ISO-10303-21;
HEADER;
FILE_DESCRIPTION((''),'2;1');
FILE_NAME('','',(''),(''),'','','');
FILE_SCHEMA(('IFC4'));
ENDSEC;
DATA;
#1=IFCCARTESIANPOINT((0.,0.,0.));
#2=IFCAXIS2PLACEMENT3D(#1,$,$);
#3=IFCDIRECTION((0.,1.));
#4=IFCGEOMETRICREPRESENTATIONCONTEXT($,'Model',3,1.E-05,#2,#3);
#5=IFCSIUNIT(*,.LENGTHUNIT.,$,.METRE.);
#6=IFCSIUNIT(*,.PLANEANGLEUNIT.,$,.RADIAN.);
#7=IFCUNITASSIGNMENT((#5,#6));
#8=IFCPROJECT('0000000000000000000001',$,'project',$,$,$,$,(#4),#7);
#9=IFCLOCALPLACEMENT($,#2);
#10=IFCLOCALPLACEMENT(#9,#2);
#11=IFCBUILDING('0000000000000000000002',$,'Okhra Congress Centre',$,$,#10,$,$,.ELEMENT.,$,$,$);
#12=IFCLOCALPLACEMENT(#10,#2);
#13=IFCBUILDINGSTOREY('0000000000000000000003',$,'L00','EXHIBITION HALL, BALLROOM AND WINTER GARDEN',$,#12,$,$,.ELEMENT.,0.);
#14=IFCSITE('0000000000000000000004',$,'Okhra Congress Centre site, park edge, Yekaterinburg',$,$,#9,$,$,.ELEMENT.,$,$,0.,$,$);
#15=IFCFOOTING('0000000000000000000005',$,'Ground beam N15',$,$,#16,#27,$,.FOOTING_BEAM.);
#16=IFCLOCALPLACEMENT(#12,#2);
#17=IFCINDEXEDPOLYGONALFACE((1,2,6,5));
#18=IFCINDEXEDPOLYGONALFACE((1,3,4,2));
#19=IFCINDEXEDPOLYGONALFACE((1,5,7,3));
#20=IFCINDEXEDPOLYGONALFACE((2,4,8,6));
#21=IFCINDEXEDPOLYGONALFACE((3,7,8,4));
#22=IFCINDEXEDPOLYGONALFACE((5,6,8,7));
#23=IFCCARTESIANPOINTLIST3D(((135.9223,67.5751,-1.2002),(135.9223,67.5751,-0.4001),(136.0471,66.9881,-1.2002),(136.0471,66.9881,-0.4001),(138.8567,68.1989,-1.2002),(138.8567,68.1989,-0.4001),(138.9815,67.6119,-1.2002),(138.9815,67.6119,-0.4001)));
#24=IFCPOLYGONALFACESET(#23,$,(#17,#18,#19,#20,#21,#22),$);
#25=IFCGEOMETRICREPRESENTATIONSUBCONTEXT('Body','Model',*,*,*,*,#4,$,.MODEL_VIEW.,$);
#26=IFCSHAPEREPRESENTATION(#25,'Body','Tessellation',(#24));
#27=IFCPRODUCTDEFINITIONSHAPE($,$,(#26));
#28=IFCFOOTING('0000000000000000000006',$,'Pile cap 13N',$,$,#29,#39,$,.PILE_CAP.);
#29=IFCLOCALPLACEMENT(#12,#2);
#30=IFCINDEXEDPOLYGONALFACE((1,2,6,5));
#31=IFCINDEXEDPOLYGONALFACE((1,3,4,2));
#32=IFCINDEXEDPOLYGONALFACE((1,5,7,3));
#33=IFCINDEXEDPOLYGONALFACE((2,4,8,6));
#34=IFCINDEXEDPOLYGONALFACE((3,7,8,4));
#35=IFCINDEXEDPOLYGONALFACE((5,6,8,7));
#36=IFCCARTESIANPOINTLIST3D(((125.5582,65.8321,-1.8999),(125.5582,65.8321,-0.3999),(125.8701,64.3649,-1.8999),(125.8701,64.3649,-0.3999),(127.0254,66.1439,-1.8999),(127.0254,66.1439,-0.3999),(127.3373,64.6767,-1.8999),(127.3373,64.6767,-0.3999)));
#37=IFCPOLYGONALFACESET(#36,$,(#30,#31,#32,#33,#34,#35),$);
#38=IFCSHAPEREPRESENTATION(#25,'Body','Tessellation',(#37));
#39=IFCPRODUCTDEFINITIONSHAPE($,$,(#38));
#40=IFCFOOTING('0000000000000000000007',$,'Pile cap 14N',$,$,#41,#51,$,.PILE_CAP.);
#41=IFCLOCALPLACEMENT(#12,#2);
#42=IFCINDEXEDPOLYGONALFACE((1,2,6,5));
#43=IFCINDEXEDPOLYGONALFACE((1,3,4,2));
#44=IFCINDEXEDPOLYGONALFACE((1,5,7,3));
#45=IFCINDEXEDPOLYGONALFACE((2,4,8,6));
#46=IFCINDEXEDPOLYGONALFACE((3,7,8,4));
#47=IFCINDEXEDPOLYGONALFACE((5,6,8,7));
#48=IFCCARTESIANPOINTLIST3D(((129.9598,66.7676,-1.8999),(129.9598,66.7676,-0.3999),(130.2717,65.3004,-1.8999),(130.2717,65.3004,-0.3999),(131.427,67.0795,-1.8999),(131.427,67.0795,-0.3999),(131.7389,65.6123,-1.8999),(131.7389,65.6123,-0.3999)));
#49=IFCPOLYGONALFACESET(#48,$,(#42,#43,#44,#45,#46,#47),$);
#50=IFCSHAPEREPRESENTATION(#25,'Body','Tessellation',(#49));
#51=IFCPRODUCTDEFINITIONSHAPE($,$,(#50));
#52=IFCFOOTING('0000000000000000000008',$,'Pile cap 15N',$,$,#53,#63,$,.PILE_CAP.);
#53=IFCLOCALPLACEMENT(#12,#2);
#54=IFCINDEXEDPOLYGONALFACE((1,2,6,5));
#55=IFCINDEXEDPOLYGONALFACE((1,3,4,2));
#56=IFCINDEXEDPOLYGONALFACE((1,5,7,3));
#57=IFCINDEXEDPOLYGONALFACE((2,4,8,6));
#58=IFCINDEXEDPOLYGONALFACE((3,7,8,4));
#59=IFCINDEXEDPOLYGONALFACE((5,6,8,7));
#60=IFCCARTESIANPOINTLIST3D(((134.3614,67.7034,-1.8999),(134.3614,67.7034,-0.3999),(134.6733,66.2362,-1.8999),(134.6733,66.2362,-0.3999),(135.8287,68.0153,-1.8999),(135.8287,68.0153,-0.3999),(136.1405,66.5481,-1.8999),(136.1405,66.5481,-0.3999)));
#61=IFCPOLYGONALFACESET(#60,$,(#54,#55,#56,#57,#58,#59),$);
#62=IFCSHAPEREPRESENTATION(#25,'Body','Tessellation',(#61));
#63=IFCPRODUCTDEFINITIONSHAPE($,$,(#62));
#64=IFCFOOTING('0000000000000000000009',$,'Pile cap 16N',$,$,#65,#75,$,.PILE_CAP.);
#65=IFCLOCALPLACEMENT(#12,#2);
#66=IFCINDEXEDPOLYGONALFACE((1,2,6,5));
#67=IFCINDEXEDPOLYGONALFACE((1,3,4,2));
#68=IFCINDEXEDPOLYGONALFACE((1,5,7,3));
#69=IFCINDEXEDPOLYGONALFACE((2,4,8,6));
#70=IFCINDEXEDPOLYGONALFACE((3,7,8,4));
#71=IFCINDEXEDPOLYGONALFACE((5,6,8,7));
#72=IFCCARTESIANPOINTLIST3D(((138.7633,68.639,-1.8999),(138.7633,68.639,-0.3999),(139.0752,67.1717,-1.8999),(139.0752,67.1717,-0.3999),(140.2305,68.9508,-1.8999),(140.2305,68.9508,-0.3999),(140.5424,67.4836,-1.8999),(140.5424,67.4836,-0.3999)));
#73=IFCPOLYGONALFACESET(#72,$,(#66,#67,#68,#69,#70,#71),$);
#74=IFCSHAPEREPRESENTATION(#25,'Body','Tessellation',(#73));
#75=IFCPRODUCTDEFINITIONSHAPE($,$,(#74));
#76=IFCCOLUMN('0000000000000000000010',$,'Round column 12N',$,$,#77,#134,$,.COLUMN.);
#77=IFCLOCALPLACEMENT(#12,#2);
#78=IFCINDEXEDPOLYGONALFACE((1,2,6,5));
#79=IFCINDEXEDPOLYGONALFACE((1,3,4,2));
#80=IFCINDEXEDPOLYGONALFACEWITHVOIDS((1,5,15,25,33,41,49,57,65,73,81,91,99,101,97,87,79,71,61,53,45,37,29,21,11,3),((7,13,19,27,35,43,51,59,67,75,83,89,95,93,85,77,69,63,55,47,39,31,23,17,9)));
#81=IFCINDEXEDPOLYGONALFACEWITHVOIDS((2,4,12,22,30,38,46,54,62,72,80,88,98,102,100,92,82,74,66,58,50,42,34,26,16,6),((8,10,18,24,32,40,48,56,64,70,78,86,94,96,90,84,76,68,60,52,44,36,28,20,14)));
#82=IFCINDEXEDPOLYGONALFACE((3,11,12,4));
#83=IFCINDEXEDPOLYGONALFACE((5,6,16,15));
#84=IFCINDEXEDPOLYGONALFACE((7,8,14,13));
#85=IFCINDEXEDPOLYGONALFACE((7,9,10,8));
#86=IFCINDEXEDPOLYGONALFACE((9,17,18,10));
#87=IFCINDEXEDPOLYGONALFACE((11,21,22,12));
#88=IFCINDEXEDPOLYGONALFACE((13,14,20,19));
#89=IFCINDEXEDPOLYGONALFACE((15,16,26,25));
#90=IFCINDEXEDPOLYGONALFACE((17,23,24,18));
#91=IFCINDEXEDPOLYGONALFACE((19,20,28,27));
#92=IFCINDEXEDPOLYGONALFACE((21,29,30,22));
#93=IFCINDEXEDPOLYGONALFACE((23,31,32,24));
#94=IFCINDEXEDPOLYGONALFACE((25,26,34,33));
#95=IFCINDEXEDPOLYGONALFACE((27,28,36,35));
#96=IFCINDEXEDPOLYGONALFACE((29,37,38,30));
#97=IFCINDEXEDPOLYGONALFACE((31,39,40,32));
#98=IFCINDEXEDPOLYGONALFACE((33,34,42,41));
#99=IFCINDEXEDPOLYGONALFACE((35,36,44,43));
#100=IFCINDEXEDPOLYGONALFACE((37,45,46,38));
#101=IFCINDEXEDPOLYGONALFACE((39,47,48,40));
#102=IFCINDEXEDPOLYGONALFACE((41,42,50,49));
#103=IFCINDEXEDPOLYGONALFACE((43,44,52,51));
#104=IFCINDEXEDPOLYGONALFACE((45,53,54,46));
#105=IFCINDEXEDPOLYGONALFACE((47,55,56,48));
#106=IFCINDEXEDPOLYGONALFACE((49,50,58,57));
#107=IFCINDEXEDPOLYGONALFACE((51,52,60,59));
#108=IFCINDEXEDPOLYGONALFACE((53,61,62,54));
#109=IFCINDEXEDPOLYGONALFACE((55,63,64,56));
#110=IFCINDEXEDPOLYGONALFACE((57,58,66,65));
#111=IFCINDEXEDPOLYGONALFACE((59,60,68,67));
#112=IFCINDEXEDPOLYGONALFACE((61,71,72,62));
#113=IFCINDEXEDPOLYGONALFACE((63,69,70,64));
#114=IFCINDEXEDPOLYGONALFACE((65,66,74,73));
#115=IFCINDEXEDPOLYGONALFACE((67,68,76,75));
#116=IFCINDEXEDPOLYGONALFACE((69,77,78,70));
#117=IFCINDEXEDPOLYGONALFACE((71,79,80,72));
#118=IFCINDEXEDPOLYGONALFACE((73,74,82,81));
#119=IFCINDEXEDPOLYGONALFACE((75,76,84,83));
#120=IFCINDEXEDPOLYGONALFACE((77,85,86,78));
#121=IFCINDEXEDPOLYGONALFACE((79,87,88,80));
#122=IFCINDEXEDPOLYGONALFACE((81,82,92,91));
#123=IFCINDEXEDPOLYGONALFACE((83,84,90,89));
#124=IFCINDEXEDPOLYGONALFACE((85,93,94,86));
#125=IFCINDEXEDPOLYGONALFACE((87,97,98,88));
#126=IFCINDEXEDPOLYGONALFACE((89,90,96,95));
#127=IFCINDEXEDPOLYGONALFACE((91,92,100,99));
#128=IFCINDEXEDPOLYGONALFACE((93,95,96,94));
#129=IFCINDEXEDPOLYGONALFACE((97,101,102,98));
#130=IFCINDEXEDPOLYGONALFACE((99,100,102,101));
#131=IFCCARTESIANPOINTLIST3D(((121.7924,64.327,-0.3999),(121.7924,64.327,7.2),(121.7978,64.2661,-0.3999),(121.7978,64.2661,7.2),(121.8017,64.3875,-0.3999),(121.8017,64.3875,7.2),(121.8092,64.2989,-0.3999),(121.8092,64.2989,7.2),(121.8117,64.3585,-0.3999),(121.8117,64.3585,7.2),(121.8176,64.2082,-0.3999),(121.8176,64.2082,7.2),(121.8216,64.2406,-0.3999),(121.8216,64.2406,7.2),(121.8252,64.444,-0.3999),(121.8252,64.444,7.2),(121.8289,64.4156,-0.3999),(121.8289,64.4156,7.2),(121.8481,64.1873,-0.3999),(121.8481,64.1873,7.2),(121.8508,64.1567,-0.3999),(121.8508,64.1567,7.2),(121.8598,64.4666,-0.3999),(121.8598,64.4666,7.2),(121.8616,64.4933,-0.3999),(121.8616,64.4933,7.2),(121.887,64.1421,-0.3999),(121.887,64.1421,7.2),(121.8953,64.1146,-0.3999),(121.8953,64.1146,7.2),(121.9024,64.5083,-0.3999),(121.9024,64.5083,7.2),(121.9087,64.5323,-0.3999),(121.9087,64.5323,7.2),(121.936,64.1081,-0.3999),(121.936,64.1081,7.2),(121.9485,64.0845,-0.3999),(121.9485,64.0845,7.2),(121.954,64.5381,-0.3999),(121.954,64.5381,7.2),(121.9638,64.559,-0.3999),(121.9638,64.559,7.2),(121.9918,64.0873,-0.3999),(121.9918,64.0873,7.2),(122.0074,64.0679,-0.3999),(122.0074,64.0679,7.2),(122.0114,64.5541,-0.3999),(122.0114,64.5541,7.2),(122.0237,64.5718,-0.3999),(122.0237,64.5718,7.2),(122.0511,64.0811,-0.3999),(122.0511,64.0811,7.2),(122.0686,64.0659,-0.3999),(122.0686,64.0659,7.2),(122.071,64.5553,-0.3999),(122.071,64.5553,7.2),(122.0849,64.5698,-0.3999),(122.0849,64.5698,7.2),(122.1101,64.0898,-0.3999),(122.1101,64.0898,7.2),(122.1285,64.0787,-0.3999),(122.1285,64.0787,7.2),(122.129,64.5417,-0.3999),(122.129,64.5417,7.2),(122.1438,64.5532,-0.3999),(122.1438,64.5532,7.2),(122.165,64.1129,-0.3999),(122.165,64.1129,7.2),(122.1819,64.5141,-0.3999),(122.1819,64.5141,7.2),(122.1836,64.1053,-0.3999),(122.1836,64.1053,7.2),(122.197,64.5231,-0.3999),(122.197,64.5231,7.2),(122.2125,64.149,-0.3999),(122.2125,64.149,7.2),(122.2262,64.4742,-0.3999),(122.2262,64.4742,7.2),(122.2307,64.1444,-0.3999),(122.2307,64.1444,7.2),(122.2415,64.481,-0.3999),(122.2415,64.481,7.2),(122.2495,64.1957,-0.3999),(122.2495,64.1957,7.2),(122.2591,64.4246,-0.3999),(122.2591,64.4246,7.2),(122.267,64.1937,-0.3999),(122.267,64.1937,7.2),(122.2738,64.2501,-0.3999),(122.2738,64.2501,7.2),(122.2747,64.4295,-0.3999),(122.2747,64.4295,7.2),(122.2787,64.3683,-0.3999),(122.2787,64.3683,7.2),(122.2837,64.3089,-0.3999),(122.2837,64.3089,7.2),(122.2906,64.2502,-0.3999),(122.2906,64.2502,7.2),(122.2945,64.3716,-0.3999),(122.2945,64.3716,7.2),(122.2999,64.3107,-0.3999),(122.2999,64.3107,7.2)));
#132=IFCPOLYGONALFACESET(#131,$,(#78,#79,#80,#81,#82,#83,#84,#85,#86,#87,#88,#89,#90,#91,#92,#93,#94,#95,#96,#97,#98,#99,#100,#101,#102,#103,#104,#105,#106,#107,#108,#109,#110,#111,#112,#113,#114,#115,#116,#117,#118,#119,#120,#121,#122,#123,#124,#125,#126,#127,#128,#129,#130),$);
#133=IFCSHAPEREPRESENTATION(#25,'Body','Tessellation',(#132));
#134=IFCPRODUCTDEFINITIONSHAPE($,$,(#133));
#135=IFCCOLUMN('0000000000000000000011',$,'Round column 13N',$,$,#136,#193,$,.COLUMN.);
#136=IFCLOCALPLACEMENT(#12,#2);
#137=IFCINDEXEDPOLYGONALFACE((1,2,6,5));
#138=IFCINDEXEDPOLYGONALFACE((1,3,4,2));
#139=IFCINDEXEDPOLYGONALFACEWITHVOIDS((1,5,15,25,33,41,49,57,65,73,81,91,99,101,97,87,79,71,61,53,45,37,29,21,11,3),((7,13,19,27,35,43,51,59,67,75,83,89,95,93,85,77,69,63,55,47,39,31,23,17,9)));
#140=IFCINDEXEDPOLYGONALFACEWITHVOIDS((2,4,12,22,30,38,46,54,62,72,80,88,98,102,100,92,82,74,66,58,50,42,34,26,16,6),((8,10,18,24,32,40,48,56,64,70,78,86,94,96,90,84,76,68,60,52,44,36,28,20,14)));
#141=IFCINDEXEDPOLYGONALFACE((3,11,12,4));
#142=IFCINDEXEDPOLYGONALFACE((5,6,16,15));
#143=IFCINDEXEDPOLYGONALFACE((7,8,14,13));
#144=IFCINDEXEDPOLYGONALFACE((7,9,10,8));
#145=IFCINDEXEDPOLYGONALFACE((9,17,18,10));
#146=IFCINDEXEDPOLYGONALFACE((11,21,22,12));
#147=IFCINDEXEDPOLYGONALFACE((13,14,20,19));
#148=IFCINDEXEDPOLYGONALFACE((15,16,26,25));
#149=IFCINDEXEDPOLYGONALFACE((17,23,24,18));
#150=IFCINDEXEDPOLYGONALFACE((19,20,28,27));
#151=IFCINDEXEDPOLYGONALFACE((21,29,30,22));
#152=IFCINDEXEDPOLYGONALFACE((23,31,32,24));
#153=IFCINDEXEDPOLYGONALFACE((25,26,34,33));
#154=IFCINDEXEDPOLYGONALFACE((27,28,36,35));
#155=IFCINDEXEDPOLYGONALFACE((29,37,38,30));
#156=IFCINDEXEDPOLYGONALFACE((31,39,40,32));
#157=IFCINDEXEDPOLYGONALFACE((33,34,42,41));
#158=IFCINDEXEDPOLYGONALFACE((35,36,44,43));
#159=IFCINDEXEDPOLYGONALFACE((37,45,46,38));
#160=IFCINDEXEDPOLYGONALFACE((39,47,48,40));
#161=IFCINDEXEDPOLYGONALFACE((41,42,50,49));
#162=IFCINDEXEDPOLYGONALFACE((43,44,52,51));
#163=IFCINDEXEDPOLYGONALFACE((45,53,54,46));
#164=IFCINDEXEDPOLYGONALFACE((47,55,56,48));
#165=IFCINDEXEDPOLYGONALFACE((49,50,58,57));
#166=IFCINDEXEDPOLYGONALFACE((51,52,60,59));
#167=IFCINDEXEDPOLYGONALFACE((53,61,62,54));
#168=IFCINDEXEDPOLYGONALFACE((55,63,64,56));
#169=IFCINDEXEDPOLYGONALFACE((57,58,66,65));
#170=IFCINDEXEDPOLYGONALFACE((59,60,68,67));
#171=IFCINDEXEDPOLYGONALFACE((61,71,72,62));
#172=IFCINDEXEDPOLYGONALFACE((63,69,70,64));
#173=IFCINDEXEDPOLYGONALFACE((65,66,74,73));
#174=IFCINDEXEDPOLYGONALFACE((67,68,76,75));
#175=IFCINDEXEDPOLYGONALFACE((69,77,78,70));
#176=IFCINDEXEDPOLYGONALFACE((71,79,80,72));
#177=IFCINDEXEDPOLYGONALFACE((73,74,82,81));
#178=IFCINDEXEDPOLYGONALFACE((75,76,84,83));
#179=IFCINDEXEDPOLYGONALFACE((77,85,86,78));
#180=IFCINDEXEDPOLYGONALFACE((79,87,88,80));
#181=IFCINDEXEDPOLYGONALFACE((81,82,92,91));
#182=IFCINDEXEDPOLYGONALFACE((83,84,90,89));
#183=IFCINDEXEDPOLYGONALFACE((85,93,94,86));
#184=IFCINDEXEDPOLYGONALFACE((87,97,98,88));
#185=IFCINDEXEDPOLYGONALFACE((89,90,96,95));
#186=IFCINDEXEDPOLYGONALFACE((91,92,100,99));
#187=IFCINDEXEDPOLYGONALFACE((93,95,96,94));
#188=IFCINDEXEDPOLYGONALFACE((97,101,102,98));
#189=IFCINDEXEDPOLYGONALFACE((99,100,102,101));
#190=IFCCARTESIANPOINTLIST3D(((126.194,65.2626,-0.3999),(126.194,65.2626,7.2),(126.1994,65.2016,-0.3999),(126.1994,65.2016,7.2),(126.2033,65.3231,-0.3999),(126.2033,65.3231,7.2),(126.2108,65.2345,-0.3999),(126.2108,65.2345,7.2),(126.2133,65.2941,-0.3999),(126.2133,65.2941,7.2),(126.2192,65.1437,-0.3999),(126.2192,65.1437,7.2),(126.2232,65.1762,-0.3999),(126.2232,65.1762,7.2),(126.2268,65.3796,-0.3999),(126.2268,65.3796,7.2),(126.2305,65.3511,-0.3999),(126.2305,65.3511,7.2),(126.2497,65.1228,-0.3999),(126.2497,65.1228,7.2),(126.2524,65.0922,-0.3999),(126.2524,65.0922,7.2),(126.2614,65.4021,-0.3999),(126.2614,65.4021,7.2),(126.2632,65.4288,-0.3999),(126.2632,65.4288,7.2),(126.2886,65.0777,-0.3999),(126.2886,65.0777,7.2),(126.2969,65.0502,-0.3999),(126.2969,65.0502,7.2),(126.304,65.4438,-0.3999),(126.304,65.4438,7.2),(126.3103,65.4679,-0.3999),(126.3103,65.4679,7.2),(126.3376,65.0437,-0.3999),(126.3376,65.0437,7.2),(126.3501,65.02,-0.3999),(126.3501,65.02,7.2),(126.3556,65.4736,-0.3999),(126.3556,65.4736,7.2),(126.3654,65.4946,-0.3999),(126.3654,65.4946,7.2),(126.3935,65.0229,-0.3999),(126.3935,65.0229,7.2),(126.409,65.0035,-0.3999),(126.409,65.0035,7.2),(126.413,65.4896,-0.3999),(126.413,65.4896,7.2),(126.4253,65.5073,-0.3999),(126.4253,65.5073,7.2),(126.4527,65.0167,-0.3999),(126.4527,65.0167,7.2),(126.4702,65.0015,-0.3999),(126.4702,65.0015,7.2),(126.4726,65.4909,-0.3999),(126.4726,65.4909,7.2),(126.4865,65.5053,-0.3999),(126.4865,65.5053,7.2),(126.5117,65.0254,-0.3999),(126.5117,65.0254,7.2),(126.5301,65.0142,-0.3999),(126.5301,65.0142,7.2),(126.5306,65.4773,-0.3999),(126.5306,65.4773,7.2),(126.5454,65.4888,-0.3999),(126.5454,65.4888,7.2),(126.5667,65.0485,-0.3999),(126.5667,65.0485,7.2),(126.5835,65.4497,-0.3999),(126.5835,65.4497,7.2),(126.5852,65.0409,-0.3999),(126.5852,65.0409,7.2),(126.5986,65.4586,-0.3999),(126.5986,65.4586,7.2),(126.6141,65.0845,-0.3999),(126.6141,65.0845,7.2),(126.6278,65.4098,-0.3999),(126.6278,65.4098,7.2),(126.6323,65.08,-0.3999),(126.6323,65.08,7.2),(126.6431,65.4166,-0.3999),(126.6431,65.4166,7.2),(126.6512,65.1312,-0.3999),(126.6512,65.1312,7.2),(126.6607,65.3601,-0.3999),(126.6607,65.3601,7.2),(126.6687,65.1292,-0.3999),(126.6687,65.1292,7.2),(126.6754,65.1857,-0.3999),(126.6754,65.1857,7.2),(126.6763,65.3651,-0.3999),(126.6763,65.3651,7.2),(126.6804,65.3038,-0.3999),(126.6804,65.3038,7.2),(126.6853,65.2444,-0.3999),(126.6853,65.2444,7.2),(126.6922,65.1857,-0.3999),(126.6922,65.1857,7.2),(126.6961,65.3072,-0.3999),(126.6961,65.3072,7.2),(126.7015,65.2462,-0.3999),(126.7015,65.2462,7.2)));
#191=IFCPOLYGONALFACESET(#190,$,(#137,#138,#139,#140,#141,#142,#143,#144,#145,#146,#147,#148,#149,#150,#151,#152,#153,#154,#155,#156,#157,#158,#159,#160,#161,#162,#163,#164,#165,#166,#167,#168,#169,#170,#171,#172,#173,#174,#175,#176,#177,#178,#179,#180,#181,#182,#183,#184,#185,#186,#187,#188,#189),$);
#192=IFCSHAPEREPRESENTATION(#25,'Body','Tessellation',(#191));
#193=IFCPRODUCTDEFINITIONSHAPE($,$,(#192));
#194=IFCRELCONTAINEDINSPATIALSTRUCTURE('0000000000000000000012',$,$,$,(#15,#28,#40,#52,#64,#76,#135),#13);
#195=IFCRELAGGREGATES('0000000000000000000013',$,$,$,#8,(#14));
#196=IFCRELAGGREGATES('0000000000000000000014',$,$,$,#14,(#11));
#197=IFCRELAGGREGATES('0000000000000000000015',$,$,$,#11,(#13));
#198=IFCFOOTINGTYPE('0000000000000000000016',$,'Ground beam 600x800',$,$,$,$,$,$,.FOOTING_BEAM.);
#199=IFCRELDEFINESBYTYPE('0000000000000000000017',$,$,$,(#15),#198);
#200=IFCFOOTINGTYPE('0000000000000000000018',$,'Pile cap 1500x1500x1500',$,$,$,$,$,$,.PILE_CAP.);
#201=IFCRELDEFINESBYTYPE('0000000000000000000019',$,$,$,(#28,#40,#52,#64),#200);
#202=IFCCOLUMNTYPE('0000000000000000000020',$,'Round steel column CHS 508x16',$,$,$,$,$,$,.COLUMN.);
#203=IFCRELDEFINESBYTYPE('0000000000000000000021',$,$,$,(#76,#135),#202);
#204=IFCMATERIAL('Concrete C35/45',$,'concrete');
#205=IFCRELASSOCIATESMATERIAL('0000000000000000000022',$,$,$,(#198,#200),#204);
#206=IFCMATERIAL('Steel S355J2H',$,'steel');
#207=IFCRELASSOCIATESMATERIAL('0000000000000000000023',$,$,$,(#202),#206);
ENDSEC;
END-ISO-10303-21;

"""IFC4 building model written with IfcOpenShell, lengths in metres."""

from ifc_helpers import new_model, si_unit, direction, frame, origin, origin_2d, place, context, subcontext, project, spatial, rectangle, hollow_circle, extrude, material, material_profile, profile_set, type_object, element, save


model = new_model("IFC4")

# Units and contexts
model_context = context("Model", 3, precision=1e-05, world=origin(), true_north=direction((0.0, 1.0)))
body_context = subcontext(model_context, "Body", "Model", "MODEL_VIEW")
ifc_project = project(units=[si_unit("LENGTHUNIT", "METRE"), si_unit("PLANEANGLEUNIT", "RADIAN")], contexts=[model_context])

# Site, building, storey
site_placement = place(None, origin())
site = spatial("IfcSite", under=ifc_project, at=site_placement, Name="Okhra Congress Centre site, park edge, Yekaterinburg", CompositionType="ELEMENT", RefElevation=0.0)
building_placement = place(site_placement, origin())
building = spatial("IfcBuilding", under=site, at=building_placement, Name="Okhra Congress Centre", CompositionType="ELEMENT")
storey_placement = place(building_placement, origin())
storey = spatial("IfcBuildingStorey", under=building, at=storey_placement, Name="L00", Description="EXHIBITION HALL, BALLROOM AND WINTER GARDEN", CompositionType="ELEMENT", Elevation=0.0)

# Footings
ifc_material_1 = material(Name="Concrete C35/45", Category="concrete")
footing_type_1 = type_object("IfcFootingType", Name="Ground beam 600x800", PredefinedType="FOOTING_BEAM", material=ifc_material_1)
for number, where, z_axis, x_axis, name in (
    (1, (137.4519, 67.5935, -1.2002), (0.0, 0.0, 1.0), (0.978148, 0.207912, 0.0), "Ground beam N15"),
):
    element("IfcFooting", number, at=place(storey_placement, frame(where, z_axis=z_axis, x_axis=x_axis)), inside=storey, type_object=footing_type_1, Name=name, PredefinedType="FOOTING_BEAM", context=body_context, shape_type="SweptSolid", body=[
        extrude(rectangle(XDim=3.0, YDim=0.6001, at=origin_2d()), origin(), (0.0, 0.0, 1.0), 0.8),
    ])
footing_type_2 = type_object("IfcFootingType", Name="Pile cap 1500x1500x1500", PredefinedType="PILE_CAP", material=ifc_material_1)
for number, where, z_axis, x_axis, name in (
    (2, (126.4478, 65.2544, -1.8999), (0.0, 0.0, 1.0), (0.978148, 0.207912, 0.0), "Pile cap 13N"),
    (3, (130.8494, 66.1899, -1.8999), (0.0, 0.0, 1.0), (0.978148, 0.207912, 0.0), "Pile cap 14N"),
    (4, (135.251, 67.1257, -1.8999), (0.0, 0.0, 1.0), (0.978148, 0.207912, 0.0), "Pile cap 15N"),
    (5, (139.6528, 68.0613, -1.8999), (0.0, 0.0, 1.0), (0.978148, 0.207912, 0.0), "Pile cap 16N"),
):
    element("IfcFooting", number, at=place(storey_placement, frame(where, z_axis=z_axis, x_axis=x_axis)), inside=storey, type_object=footing_type_2, Name=name, PredefinedType="PILE_CAP", context=body_context, shape_type="SweptSolid", body=[
        extrude(rectangle(XDim=1.5, YDim=1.5, at=origin_2d()), origin(), (0.0, 0.0, 1.0), 1.5),
    ])

# Columns
ifc_material_2 = material(Name="Steel S355J2H", Category="steel")
ifc_material_profile_1 = material_profile(ifc_material_2, hollow_circle(Radius=0.2539, WallThickness=0.0161, at=origin_2d()), Name="CHS 508x16")
ifc_profile_set_1 = profile_set([ifc_material_profile_1], Name="Steel S355J2H")
column_type = type_object("IfcColumnType", Name="Round steel column CHS 508x16", PredefinedType="COLUMN", material=ifc_profile_set_1)
for number, where, z_axis, x_axis, name in (
    (6, (122.0461, 64.3188, -0.3999), (0.0, 0.0, 1.0), (0.978148, 0.207912, 0.0), "Round column 12N"),
    (7, (126.4478, 65.2544, -0.3999), (0.0, 0.0, 1.0), (0.978148, 0.207912, 0.0), "Round column 13N"),
):
    element("IfcColumn", number, at=place(storey_placement, frame(where, z_axis=z_axis, x_axis=x_axis)), inside=storey, type_object=column_type, Name=name, PredefinedType="COLUMN", context=body_context, shape_type="SweptSolid", body=[
        extrude(hollow_circle(Radius=0.2539, WallThickness=0.0161, at=origin_2d()), origin(), (0.0, 0.0, 1.0), 7.5999),
    ])

save(model, "model.ifc")
